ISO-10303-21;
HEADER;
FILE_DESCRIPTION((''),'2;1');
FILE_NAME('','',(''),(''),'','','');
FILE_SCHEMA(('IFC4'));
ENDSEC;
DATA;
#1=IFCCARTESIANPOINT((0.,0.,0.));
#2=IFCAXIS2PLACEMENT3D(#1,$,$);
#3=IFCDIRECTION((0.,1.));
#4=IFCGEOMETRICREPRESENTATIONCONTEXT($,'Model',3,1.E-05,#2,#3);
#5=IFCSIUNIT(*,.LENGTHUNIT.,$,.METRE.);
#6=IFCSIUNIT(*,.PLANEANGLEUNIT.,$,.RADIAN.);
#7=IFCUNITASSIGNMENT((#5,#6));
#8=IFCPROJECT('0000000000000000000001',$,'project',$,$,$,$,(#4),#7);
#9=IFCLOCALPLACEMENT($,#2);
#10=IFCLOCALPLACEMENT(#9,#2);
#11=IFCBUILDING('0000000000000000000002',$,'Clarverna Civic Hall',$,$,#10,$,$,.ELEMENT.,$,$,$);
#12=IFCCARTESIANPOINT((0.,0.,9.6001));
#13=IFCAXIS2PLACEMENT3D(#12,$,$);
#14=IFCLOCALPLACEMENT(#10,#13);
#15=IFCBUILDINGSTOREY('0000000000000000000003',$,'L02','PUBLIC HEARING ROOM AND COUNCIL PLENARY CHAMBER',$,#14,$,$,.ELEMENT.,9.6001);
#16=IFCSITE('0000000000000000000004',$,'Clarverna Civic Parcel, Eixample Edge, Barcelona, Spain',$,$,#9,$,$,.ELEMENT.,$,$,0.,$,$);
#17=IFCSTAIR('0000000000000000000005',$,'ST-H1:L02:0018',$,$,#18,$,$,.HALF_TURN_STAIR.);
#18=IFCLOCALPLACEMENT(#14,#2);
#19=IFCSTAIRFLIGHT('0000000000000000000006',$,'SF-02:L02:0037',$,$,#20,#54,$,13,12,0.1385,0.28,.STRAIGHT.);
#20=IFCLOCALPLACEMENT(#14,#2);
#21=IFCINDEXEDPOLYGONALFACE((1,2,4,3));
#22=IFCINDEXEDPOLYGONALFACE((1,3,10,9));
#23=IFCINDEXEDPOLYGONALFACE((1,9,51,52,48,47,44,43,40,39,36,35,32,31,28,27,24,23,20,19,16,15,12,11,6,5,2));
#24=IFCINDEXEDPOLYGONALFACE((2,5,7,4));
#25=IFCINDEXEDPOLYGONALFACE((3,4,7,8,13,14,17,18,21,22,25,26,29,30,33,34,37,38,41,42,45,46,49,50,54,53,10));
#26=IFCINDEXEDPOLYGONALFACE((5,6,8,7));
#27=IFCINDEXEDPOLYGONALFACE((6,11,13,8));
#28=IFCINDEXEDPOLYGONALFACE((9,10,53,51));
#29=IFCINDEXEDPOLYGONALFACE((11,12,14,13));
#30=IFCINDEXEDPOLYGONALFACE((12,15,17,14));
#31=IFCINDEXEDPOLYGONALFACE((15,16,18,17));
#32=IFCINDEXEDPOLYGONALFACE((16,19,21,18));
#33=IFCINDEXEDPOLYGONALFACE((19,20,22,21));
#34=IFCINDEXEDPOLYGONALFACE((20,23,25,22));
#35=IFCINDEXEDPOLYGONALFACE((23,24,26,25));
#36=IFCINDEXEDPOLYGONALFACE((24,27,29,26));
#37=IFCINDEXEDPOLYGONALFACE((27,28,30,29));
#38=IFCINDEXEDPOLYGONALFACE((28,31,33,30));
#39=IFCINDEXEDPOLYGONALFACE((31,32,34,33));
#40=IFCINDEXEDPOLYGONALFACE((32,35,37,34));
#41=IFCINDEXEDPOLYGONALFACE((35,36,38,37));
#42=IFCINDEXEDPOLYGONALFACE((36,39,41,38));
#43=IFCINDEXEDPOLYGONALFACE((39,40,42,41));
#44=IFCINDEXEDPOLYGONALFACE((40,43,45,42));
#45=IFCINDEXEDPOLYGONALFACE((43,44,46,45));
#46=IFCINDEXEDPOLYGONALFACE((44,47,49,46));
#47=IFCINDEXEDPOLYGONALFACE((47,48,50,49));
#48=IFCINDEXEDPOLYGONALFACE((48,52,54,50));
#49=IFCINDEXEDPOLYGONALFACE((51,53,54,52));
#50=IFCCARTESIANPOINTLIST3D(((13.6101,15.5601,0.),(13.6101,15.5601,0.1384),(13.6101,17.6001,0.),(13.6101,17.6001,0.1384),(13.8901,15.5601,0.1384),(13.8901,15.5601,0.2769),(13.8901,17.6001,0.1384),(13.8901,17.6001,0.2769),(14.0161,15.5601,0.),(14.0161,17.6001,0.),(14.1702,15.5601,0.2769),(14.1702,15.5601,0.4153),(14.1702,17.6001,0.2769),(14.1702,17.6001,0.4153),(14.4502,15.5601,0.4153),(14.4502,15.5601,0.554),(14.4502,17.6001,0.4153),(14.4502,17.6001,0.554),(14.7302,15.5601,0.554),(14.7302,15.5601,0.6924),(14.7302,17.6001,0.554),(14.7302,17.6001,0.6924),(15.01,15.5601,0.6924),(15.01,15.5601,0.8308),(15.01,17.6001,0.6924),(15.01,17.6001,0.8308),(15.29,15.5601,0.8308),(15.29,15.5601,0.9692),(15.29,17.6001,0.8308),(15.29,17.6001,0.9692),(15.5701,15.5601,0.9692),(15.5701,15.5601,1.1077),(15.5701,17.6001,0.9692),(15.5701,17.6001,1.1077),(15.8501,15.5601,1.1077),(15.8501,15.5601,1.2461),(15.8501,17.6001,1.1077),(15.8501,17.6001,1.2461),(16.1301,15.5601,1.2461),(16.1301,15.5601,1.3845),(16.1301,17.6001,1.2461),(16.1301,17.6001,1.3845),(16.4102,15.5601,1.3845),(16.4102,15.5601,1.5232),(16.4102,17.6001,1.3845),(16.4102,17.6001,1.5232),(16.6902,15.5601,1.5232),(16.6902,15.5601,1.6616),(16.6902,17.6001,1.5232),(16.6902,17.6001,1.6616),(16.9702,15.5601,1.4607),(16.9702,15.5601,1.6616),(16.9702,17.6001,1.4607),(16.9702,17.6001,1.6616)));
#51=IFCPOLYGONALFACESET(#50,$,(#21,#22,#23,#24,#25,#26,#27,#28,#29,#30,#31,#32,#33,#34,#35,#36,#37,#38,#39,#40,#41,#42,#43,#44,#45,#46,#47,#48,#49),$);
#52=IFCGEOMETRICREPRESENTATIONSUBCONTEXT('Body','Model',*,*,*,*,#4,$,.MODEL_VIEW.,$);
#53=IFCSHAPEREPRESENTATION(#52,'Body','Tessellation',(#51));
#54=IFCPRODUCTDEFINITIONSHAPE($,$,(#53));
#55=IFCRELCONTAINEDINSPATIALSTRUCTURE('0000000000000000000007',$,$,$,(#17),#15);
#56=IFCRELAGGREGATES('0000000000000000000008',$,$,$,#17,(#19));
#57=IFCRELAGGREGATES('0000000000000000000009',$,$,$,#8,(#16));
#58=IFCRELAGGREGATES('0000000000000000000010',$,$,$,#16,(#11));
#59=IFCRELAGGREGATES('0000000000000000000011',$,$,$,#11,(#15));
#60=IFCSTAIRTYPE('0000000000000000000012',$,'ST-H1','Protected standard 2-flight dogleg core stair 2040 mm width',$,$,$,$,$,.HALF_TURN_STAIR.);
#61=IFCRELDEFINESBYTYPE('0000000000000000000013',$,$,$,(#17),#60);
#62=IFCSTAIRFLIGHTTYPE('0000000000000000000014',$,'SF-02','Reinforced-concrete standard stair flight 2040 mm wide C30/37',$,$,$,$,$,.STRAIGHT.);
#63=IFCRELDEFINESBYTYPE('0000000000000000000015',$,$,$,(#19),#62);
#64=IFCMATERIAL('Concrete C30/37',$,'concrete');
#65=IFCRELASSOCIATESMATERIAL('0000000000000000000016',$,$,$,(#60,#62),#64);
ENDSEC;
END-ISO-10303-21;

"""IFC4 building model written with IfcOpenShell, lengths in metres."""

from ifc_helpers import new_model, si_unit, direction, frame, origin, place, context, subcontext, project, spatial, polyline, outline, extrude, material, type_object, element, aggregate, save


model = new_model("IFC4")

# Units and contexts
model_context = context("Model", 3, precision=1e-05, world=origin(), true_north=direction((0.0, 1.0)))
body_context = subcontext(model_context, "Body", "Model", "MODEL_VIEW")
ifc_project = project(units=[si_unit("LENGTHUNIT", "METRE"), si_unit("PLANEANGLEUNIT", "RADIAN")], contexts=[model_context])

# Site, building, storey
site_placement = place(None, origin())
site = spatial("IfcSite", under=ifc_project, at=site_placement, Name="Clarverna Civic Parcel, Eixample Edge, Barcelona, Spain", CompositionType="ELEMENT", RefElevation=0.0)
building_placement = place(site_placement, origin())
building = spatial("IfcBuilding", under=site, at=building_placement, Name="Clarverna Civic Hall", CompositionType="ELEMENT")
storey_placement = place(building_placement, frame((0.0, 0.0, 9.6001)))
storey = spatial("IfcBuildingStorey", under=building, at=storey_placement, Name="L02", Description="PUBLIC HEARING ROOM AND COUNCIL PLENARY CHAMBER", CompositionType="ELEMENT", Elevation=9.6001)

# Stair, stair flight
ifc_material_1 = material(Name="Concrete C30/37", Category="concrete")
stair_type = type_object("IfcStairType", Name="ST-H1", Description="Protected standard 2-flight dogleg core stair 2040 mm width", PredefinedType="HALF_TURN_STAIR", material=ifc_material_1)
stair_placement = place(storey_placement, origin())
stair = element("IfcStair", 1, at=stair_placement, inside=storey, type_object=stair_type, Name="ST-H1:L02:0018", PredefinedType="HALF_TURN_STAIR")
stair_flight_type = type_object("IfcStairFlightType", Name="SF-02", Description="Reinforced-concrete standard stair flight 2040 mm wide C30/37", PredefinedType="STRAIGHT", material=ifc_material_1)
stair_flight_placement = place(storey_placement, frame((13.6101, 16.5801, 0.0), z_axis=(0.0, 0.0, 1.0), x_axis=(1.0, 0.0, 0.0)))
stair_flight = element("IfcStairFlight", 2, at=stair_flight_placement, type_object=stair_flight_type, Name="SF-02:L02:0037", NumberOfRisers=13, NumberOfTreads=12, PredefinedType="STRAIGHT", RiserHeight=0.1385, TreadLength=0.28, context=body_context, shape_type="SweptSolid", body=[
    extrude(outline(polyline([(0.0, 0.0), (0.0, 0.1384), (0.28, 0.1384), (0.28, 0.2769), (0.5601, 0.2769), (0.5601, 0.4153), (0.8401, 0.4153), (0.8401, 0.554), (1.1201, 0.554), (1.1201, 0.6924), (1.3999, 0.6924), (1.3999, 0.8308), (1.6799, 0.8308), (1.6799, 0.9692), (1.96, 0.9692), (1.96, 1.1077), (2.24, 1.1077), (2.24, 1.2461), (2.52, 1.2461), (2.52, 1.3845), (2.8, 1.3845), (2.8, 1.5232), (3.0801, 1.5232), (3.0801, 1.6616), (3.3601, 1.6616), (3.3601, 1.8), (3.3601, 1.4607), (0.406, 0.0), (0.0, 0.0)])), frame((0.0, 1.02, 0.0), z_axis=(0.0, -1.0, 0.0), x_axis=(1.0, 0.0, 0.0)), (0.0, 0.0, 1.0), 2.04),
])
aggregate(stair, [stair_flight])

save(model, "model.ifc")
